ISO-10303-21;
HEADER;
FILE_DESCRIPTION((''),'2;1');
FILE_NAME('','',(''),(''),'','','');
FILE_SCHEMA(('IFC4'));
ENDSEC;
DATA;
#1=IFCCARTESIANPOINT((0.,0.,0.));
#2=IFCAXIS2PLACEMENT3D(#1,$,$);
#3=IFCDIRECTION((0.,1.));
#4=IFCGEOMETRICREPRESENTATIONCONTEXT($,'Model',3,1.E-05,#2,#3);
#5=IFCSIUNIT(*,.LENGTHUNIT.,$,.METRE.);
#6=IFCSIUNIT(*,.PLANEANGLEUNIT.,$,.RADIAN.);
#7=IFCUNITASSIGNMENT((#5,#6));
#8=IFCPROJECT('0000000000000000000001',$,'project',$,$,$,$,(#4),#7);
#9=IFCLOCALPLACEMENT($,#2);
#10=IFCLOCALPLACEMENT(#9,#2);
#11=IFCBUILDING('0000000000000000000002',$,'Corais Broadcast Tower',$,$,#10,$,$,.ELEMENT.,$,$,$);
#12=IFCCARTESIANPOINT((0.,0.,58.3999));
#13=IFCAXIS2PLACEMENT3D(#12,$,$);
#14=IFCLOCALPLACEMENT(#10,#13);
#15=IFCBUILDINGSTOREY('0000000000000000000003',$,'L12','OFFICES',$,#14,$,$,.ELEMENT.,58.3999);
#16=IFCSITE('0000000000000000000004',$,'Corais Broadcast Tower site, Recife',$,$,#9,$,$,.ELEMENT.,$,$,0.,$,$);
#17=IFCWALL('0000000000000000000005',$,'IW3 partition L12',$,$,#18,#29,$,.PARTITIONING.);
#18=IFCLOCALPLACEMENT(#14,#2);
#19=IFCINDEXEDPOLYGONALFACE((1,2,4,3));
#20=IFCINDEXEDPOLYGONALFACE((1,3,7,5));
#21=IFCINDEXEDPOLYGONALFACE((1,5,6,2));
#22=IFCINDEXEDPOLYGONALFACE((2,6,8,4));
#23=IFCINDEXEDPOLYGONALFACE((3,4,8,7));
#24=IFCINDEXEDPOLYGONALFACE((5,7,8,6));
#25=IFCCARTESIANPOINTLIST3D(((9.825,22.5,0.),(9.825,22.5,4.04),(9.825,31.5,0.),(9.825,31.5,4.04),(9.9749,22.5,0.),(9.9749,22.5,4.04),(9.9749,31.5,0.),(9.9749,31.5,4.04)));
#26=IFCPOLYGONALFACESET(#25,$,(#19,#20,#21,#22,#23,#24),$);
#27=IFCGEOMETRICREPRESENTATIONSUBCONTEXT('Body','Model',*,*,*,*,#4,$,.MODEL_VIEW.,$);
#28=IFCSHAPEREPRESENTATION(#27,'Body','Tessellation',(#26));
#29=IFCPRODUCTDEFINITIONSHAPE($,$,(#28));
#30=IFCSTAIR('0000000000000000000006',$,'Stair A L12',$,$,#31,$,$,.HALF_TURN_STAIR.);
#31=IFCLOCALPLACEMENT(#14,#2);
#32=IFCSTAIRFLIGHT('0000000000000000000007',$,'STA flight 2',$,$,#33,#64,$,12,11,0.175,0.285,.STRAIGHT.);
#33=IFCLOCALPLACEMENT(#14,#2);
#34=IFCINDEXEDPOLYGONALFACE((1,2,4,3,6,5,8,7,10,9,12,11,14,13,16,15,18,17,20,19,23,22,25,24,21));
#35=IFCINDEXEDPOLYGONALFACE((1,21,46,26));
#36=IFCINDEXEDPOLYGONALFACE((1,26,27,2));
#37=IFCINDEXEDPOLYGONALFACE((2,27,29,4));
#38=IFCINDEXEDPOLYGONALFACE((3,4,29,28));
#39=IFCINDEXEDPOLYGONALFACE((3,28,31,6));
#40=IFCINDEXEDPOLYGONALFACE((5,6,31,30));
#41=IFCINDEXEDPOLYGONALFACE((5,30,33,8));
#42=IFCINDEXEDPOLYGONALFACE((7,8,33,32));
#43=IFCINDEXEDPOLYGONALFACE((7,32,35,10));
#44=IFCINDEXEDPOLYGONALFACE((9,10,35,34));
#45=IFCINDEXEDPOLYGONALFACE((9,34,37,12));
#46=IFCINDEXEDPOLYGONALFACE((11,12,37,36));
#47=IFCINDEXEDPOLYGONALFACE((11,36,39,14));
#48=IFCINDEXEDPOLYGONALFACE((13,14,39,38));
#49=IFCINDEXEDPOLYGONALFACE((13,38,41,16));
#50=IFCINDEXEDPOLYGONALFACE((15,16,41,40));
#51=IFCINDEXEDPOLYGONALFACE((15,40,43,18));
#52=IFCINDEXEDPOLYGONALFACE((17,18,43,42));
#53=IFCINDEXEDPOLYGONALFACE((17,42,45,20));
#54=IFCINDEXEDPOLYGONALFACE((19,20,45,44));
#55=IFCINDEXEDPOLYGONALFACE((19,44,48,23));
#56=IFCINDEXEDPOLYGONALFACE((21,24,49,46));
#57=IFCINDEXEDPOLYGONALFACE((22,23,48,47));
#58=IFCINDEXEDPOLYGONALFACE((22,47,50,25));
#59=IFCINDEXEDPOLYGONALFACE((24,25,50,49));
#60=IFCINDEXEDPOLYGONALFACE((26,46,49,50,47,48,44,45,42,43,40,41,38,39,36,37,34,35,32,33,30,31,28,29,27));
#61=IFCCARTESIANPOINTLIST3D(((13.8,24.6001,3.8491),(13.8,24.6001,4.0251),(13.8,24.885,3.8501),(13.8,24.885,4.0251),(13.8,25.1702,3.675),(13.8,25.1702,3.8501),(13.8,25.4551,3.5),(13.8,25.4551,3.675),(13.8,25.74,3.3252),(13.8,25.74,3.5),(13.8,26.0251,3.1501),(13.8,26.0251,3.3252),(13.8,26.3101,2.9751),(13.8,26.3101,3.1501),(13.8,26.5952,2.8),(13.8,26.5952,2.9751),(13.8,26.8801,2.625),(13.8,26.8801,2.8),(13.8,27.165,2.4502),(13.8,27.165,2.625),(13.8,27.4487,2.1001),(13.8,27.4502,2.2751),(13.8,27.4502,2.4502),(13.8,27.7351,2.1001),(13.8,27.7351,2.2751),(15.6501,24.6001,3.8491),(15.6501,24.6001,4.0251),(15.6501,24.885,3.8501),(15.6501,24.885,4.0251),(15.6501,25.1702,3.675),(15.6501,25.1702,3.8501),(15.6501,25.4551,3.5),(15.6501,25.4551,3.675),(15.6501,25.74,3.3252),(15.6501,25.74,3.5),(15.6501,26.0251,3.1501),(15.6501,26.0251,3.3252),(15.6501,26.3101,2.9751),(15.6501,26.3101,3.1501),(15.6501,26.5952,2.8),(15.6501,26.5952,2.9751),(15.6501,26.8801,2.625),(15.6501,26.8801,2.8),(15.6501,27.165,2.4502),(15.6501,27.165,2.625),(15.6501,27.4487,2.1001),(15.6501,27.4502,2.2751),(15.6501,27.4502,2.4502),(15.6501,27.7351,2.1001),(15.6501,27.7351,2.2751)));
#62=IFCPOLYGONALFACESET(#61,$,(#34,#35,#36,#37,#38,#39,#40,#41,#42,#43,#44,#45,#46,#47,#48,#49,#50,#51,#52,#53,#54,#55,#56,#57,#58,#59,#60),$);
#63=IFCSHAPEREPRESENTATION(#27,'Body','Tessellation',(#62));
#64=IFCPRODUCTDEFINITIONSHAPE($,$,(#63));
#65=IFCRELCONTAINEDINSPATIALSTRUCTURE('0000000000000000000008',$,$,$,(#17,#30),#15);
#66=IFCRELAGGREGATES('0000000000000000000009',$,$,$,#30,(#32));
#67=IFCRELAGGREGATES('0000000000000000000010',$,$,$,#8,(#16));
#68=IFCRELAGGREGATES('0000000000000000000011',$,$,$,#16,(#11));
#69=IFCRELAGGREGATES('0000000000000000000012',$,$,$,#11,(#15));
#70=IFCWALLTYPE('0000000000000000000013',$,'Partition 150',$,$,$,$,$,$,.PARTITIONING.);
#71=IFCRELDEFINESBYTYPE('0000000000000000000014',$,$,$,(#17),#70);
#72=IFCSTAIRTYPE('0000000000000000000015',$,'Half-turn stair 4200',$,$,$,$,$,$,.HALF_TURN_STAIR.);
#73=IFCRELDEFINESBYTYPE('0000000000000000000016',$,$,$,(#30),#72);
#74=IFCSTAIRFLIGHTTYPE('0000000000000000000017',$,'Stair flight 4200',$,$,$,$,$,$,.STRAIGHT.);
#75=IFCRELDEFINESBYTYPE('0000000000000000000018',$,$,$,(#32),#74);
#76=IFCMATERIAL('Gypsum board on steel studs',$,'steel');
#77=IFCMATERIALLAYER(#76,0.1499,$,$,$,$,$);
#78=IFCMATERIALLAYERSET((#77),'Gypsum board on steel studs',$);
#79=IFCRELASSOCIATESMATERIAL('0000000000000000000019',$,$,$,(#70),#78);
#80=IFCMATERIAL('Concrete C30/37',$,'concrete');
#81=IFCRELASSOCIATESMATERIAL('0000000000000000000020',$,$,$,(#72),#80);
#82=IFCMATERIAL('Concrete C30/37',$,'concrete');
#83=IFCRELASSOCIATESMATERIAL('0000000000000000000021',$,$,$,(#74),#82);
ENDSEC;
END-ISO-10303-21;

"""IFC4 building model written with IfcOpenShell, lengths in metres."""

from ifc_helpers import new_model, si_unit, direction, frame, frame_2d, origin, place, context, subcontext, project, spatial, polyline, rectangle, outline, extrude, material, layer, layer_set, type_object, element, aggregate, save


model = new_model("IFC4")

# Units and contexts
model_context = context("Model", 3, precision=1e-05, world=origin(), true_north=direction((0.0, 1.0)))
body_context = subcontext(model_context, "Body", "Model", "MODEL_VIEW")
ifc_project = project(units=[si_unit("LENGTHUNIT", "METRE"), si_unit("PLANEANGLEUNIT", "RADIAN")], contexts=[model_context])

# Site, building, storey
site_placement = place(None, origin())
site = spatial("IfcSite", under=ifc_project, at=site_placement, Name="Corais Broadcast Tower site, Recife", CompositionType="ELEMENT", RefElevation=0.0)
building_placement = place(site_placement, origin())
building = spatial("IfcBuilding", under=site, at=building_placement, Name="Corais Broadcast Tower", CompositionType="ELEMENT")
storey_placement = place(building_placement, frame((0.0, 0.0, 58.3999)))
storey = spatial("IfcBuildingStorey", under=building, at=storey_placement, Name="L12", Description="OFFICES", CompositionType="ELEMENT", Elevation=58.3999)

# Shared definitions
ifc_material_1 = material(Name="Gypsum board on steel studs", Category="steel")
ifc_layer_1 = layer(ifc_material_1, 0.1499)
ifc_layer_set_1 = layer_set([ifc_layer_1], Name="Gypsum board on steel studs")
wall_type_1 = type_object("IfcWallType", Name="Partition 150", PredefinedType="PARTITIONING", material=ifc_layer_set_1)

# Wall
wall_1_placement = place(storey_placement, frame((9.8999, 31.5, 0.0), z_axis=(0.0, 0.0, 1.0), x_axis=(0.0, -1.0, 0.0)))
element("IfcWall", 1, at=wall_1_placement, inside=storey, type_object=wall_type_1, Name="IW3 partition L12", PredefinedType="PARTITIONING", context=body_context, shape_type="SweptSolid", body=[
    extrude(rectangle(XDim=9.0, YDim=0.1499, at=frame_2d((4.5, 0.0))), origin(), (0.0, 0.0, 1.0), 4.04),
])

# Stair, stair flight
ifc_material_2 = material(Name="Concrete C30/37", Category="concrete")
stair_type = type_object("IfcStairType", Name="Half-turn stair 4200", PredefinedType="HALF_TURN_STAIR", material=ifc_material_2)
stair_placement = place(storey_placement, origin())
stair = element("IfcStair", 2, at=stair_placement, inside=storey, type_object=stair_type, Name="Stair A L12", PredefinedType="HALF_TURN_STAIR")
ifc_material_3 = material(Name="Concrete C30/37", Category="concrete")
stair_flight_type = type_object("IfcStairFlightType", Name="Stair flight 4200", PredefinedType="STRAIGHT", material=ifc_material_3)
stair_flight_placement = place(storey_placement, frame((14.7251, 27.7351, 2.1001), z_axis=(0.0, 0.0, 1.0), x_axis=(0.0, -1.0, 0.0)))
stair_flight = element("IfcStairFlight", 3, at=stair_flight_placement, type_object=stair_flight_type, Name="STA flight 2", NumberOfRisers=12, NumberOfTreads=11, PredefinedType="STRAIGHT", RiserHeight=0.175, TreadLength=0.285, context=body_context, shape_type="SweptSolid", body=[
    extrude(outline(polyline([(0.0, 0.0), (0.0, 0.175), (0.2849, 0.175), (0.2849, 0.3501), (0.5701, 0.3501), (0.5701, 0.5249), (0.855, 0.5249), (0.855, 0.7), (1.1399, 0.7), (1.1399, 0.875), (1.425, 0.875), (1.425, 1.05), (1.71, 1.05), (1.71, 1.2251), (1.9951, 1.2251), (1.9951, 1.3999), (2.28, 1.3999), (2.28, 1.575), (2.5649, 1.575), (2.5649, 1.75), (2.8501, 1.75), (2.8501, 1.925), (3.135, 1.925), (3.135, 2.1001), (3.135, 1.749), (0.2864, 0.0), (0.0, 0.0)])), frame((0.0, 0.925, 0.0), z_axis=(0.0, -1.0, 0.0), x_axis=(1.0, 0.0, 0.0)), (0.0, 0.0, 1.0), 1.8501),
])
aggregate(stair, [stair_flight])

save(model, "model.ifc")
